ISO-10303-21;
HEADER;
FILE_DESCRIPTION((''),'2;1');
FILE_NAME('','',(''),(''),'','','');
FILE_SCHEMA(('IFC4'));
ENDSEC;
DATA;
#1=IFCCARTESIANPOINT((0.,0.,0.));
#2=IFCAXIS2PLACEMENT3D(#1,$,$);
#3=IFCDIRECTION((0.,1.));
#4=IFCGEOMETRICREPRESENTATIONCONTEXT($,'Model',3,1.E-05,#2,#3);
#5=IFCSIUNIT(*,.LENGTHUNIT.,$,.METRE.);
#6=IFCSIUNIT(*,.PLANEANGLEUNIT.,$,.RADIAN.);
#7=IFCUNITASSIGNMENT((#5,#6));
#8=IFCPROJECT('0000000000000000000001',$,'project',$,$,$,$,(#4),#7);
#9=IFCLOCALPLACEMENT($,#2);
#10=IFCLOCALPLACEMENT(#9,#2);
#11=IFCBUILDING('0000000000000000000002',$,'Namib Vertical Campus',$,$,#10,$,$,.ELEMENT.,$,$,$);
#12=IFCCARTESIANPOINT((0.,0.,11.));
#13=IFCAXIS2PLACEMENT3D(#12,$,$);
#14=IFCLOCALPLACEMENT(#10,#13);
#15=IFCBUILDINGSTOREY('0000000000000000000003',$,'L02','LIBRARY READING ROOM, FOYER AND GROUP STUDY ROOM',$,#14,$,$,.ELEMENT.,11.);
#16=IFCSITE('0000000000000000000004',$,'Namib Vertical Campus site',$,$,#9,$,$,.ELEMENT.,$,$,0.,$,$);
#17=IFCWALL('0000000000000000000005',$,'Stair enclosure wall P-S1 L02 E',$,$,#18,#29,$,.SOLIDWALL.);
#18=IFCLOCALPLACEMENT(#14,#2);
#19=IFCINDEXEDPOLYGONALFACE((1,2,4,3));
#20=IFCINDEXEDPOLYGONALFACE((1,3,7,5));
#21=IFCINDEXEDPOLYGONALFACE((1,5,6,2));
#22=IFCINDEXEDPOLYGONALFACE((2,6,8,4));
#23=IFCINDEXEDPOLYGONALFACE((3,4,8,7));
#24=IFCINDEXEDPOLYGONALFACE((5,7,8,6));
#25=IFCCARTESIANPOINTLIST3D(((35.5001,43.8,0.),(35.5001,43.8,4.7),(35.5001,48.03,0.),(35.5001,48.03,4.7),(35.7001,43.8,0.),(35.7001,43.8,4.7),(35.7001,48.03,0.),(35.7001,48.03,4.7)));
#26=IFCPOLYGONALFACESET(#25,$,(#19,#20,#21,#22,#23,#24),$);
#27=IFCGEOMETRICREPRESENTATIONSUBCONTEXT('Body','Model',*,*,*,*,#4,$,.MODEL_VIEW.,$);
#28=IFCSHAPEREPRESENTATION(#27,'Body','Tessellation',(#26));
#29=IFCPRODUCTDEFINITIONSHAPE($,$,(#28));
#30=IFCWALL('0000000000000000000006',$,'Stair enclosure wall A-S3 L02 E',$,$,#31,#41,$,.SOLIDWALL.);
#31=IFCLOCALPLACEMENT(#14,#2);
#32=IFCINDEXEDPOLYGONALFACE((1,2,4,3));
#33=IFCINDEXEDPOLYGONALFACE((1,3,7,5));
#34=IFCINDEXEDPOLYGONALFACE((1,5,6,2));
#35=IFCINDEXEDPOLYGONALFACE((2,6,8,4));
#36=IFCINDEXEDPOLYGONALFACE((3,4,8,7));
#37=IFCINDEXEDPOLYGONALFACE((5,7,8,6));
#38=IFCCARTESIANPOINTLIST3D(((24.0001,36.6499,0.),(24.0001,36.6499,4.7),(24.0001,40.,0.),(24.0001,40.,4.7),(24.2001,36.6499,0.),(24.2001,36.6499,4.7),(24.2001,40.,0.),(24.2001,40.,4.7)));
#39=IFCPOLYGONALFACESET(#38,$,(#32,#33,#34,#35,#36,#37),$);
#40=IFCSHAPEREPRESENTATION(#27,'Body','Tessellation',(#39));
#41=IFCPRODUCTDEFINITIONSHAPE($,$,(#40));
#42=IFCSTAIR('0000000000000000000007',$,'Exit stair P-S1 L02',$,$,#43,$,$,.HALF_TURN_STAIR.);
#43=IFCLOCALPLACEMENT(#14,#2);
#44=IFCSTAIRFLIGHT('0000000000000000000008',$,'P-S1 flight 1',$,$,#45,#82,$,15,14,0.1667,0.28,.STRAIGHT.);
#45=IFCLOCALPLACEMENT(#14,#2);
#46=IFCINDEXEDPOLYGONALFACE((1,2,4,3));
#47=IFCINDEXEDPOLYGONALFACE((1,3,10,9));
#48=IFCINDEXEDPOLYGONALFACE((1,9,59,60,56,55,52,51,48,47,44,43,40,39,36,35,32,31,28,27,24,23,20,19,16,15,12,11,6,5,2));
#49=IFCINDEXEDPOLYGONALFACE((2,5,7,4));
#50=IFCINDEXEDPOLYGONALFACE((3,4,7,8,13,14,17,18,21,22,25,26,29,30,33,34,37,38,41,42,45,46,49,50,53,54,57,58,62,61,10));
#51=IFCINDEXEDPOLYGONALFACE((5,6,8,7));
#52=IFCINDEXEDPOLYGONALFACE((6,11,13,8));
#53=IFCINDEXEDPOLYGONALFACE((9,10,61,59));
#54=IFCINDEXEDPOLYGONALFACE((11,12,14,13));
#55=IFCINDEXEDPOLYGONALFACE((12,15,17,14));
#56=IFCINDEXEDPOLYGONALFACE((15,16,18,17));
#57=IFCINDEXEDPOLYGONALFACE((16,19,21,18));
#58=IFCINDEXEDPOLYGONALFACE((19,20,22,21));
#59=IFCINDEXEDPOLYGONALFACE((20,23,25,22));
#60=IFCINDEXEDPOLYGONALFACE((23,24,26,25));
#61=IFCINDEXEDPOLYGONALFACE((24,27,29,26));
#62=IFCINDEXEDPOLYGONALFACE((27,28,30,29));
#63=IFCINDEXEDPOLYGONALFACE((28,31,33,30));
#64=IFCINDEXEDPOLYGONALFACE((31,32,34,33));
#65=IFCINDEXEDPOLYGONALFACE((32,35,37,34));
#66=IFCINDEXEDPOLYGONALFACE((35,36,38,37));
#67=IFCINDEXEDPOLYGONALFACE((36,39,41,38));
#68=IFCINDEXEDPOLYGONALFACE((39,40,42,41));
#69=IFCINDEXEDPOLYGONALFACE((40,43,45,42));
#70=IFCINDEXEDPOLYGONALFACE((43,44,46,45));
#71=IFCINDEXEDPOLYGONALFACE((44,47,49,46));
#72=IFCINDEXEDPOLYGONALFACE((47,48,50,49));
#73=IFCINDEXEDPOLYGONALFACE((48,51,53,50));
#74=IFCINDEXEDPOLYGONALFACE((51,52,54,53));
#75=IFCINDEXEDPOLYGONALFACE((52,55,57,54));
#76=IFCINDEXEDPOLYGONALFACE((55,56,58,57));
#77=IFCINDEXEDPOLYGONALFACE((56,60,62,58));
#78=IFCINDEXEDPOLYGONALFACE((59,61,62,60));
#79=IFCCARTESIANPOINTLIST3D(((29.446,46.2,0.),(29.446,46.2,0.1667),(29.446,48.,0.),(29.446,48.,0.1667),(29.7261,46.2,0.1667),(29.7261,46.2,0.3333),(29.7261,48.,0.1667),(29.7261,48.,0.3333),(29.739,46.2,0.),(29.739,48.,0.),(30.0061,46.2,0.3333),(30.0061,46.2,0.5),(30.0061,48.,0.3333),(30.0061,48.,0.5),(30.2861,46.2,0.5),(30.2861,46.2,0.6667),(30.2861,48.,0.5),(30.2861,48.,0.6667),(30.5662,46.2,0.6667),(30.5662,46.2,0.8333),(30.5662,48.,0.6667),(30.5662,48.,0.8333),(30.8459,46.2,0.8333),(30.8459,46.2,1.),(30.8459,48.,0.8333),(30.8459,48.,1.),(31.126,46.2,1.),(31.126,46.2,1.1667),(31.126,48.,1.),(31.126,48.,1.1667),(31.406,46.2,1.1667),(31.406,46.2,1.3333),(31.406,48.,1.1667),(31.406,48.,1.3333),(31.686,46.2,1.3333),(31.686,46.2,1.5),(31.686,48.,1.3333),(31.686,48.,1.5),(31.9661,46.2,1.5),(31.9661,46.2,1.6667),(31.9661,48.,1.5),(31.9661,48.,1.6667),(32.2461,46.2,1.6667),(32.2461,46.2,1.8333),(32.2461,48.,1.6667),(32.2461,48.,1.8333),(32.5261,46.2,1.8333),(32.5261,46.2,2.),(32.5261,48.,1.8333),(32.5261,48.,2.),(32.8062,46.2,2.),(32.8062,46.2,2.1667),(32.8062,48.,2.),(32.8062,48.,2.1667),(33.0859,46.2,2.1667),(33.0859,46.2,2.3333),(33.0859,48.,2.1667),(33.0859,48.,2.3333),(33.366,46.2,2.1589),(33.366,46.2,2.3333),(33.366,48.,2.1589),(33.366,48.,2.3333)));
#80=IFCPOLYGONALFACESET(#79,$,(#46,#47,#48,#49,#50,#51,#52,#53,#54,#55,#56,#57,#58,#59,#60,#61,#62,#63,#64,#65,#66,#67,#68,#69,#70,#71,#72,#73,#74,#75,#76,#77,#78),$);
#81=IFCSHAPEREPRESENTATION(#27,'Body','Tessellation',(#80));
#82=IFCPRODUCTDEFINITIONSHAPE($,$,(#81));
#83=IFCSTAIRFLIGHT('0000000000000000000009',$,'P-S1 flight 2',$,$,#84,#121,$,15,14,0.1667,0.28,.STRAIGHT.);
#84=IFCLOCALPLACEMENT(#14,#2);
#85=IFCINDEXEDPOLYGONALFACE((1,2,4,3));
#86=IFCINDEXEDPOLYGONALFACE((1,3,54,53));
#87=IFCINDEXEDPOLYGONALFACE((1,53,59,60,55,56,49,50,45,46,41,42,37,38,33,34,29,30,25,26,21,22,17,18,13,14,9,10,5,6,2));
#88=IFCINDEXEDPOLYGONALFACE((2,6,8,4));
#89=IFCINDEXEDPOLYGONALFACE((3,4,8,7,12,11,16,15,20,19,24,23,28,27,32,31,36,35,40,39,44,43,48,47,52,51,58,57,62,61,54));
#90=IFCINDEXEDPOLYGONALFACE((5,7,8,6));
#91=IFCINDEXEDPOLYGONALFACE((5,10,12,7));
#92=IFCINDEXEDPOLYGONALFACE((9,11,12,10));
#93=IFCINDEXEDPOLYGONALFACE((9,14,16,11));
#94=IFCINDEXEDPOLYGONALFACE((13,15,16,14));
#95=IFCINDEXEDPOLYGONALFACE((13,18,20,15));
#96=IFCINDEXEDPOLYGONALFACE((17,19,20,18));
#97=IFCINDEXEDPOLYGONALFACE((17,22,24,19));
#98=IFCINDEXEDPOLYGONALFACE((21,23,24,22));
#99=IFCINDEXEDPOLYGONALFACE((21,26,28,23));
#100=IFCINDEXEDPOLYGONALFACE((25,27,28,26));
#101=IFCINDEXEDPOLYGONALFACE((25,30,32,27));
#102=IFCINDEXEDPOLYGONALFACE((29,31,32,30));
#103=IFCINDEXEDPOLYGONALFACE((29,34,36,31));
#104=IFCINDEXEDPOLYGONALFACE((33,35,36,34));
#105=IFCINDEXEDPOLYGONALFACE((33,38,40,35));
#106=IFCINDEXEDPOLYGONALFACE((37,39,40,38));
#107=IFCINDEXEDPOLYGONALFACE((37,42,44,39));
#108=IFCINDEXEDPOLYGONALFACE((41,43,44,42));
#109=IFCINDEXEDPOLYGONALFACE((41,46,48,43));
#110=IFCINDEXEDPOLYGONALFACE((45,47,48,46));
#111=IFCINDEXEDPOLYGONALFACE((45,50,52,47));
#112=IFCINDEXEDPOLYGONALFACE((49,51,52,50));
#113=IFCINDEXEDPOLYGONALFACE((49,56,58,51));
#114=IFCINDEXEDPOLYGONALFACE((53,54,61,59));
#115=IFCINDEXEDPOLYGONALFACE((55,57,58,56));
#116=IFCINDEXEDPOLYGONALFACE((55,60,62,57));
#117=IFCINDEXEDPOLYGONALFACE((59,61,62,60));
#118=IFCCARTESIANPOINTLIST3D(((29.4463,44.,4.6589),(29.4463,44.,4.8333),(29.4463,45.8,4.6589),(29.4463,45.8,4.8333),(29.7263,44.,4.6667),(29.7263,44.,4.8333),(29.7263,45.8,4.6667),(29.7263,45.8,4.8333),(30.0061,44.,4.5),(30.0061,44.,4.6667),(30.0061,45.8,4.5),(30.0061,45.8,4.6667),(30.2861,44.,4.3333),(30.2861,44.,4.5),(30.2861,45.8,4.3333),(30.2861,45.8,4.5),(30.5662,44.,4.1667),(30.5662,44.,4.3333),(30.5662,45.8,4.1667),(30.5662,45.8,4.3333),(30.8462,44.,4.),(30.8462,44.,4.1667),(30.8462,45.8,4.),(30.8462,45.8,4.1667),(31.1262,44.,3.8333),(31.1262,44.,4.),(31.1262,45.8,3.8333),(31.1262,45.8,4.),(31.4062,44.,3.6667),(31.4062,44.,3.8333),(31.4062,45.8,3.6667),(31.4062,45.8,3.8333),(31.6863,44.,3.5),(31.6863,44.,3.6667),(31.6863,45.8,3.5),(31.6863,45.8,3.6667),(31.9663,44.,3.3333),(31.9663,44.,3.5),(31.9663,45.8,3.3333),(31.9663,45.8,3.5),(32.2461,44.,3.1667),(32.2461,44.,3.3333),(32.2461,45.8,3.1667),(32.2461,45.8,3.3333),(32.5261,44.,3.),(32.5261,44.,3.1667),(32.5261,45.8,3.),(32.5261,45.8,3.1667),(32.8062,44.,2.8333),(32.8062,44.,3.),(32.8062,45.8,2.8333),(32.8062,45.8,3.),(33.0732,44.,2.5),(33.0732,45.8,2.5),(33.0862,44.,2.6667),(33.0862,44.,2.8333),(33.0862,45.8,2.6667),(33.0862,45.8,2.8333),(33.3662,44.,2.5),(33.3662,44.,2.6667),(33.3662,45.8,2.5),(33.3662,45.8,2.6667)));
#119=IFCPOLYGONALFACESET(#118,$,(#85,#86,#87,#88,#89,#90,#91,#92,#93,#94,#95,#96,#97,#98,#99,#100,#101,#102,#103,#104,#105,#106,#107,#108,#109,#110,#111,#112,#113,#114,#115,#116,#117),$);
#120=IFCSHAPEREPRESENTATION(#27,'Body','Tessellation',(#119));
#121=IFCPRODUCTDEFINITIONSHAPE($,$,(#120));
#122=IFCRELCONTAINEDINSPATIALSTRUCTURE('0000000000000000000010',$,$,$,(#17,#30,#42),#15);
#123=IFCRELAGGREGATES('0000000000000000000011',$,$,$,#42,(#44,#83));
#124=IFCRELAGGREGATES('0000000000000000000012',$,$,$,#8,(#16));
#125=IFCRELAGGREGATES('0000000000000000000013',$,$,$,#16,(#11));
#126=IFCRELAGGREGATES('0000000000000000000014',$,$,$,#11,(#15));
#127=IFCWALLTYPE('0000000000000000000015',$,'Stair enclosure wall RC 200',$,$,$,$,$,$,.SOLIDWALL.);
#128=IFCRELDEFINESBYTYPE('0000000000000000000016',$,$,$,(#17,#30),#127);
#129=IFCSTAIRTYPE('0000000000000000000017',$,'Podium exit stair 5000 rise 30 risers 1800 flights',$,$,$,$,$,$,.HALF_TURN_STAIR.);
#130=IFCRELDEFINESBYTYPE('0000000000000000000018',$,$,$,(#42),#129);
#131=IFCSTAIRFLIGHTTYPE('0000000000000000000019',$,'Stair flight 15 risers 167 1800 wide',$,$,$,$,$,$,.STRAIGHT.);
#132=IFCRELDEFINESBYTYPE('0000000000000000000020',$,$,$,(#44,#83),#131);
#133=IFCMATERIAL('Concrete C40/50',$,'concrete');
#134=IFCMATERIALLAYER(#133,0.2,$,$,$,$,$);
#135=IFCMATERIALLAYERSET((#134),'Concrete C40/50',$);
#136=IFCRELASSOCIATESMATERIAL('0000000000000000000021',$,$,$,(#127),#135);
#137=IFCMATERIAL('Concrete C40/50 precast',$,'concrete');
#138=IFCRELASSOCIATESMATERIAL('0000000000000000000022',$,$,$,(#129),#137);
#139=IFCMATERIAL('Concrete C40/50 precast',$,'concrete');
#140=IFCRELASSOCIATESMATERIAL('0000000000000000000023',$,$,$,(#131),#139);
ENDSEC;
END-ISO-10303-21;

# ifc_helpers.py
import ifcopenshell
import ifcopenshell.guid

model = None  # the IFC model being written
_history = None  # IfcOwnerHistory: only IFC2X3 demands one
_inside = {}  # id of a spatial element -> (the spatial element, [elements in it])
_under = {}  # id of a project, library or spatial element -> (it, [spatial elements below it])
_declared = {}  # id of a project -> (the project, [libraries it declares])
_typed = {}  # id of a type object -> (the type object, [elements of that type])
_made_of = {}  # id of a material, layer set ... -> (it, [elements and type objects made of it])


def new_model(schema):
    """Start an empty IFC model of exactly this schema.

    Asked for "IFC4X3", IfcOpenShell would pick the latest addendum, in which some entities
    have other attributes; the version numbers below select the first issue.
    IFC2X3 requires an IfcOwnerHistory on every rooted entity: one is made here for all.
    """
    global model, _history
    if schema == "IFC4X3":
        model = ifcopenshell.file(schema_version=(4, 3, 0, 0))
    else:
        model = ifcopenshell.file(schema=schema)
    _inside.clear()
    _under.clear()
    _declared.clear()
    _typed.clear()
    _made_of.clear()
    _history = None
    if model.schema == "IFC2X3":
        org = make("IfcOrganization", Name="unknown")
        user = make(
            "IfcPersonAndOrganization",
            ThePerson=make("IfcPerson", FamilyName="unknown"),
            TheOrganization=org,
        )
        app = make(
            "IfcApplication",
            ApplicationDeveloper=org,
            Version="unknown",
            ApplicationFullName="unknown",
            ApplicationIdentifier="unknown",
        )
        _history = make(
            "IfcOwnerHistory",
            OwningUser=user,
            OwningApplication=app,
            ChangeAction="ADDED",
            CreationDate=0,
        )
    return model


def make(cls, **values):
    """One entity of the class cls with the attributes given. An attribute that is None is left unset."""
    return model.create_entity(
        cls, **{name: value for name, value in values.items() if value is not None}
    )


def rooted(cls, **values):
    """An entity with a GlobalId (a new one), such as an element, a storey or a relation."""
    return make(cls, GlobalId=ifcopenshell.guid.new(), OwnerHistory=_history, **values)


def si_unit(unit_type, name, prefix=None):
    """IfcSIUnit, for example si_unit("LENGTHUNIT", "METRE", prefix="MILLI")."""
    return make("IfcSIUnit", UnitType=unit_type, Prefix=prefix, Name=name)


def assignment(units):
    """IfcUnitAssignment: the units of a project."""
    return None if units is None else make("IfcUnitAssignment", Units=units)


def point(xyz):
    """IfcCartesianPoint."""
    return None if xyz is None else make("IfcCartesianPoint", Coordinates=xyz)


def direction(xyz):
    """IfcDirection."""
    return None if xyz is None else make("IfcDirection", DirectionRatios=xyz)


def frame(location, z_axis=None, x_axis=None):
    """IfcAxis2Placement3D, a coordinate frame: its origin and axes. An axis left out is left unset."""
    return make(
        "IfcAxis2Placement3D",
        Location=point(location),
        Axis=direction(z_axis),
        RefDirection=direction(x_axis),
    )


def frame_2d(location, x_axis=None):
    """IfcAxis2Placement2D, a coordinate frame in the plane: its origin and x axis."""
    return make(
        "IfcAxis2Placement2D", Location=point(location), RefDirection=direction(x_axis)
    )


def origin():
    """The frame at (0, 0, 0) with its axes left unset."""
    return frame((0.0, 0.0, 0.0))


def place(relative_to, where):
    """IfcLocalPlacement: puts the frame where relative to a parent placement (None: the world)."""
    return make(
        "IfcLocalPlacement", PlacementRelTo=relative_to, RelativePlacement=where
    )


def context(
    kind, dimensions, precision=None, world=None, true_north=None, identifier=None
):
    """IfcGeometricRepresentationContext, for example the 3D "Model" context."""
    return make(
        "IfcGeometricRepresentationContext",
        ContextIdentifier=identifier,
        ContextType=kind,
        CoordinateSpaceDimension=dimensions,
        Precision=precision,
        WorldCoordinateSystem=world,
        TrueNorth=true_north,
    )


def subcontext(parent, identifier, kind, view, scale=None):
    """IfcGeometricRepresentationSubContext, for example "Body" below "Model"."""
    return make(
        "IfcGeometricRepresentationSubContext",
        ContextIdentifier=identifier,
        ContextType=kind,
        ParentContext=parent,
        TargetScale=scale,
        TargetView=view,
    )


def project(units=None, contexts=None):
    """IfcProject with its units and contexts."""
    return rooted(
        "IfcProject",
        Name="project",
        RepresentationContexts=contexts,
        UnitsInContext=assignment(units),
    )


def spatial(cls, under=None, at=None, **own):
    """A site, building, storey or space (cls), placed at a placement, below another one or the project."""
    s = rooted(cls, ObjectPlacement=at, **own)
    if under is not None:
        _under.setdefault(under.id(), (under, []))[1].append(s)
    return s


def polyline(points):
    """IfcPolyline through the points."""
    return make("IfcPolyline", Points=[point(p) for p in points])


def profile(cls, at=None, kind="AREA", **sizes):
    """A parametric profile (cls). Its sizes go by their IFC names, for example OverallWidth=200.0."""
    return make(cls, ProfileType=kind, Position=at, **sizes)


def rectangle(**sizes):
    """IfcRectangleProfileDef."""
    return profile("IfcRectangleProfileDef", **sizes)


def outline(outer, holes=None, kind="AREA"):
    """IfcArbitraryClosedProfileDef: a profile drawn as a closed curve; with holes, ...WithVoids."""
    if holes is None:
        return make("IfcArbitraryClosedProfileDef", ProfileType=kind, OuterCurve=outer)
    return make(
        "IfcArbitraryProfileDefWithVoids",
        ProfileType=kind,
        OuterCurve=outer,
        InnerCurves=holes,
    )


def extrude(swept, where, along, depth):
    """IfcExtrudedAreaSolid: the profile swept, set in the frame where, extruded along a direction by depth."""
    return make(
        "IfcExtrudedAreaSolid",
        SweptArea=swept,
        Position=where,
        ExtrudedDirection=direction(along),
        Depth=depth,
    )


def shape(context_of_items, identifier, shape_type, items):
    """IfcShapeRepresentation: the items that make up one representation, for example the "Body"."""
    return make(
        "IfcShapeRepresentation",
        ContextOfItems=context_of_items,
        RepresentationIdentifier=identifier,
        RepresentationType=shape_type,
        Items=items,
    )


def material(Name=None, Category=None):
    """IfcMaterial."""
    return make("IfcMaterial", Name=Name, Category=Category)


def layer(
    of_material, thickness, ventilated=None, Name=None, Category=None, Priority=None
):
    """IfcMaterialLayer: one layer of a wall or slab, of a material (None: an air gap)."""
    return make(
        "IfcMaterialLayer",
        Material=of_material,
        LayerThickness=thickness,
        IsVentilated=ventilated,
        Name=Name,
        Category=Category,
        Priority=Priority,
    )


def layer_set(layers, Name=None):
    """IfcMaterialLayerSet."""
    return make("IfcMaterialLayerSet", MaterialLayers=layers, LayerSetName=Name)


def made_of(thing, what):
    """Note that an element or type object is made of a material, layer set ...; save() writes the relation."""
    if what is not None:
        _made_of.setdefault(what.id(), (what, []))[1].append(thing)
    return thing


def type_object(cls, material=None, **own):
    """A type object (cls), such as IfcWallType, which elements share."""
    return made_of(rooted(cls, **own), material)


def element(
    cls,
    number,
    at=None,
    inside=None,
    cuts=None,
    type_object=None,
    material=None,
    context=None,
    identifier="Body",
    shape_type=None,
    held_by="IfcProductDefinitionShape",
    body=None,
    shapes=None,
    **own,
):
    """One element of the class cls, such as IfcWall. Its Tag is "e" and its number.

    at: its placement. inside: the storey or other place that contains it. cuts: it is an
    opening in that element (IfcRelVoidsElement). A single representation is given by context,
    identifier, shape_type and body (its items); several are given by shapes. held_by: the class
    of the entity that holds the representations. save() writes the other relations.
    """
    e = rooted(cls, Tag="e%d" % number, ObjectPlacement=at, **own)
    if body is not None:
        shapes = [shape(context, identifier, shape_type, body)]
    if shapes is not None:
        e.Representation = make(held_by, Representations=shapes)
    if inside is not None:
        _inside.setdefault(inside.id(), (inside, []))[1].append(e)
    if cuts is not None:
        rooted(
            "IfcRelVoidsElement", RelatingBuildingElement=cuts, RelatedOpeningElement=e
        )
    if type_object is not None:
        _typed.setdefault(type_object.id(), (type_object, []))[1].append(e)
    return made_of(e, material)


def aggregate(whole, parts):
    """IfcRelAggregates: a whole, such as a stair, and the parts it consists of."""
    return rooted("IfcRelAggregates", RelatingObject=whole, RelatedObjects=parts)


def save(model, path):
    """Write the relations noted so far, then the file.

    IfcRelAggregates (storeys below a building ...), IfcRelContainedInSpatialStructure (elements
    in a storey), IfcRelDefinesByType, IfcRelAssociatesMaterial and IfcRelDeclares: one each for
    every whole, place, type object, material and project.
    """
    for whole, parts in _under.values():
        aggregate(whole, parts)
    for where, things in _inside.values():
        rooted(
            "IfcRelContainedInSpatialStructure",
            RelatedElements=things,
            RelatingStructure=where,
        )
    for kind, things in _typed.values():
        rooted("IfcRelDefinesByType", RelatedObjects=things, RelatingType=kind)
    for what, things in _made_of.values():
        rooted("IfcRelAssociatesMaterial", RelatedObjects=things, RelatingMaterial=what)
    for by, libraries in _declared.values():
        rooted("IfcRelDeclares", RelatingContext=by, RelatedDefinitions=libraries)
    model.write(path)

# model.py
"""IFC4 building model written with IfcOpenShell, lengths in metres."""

from ifc_helpers import new_model, si_unit, direction, frame, frame_2d, origin, place, context, subcontext, project, spatial, polyline, rectangle, outline, extrude, material, layer, layer_set, type_object, element, aggregate, save


model = new_model("IFC4")

# Units and contexts
model_context = context("Model", 3, precision=1e-05, world=origin(), true_north=direction((0.0, 1.0)))
body_context = subcontext(model_context, "Body", "Model", "MODEL_VIEW")
ifc_project = project(units=[si_unit("LENGTHUNIT", "METRE"), si_unit("PLANEANGLEUNIT", "RADIAN")], contexts=[model_context])

# Site, building, storey
site_placement = place(None, origin())
site = spatial("IfcSite", under=ifc_project, at=site_placement, Name="Namib Vertical Campus site", CompositionType="ELEMENT", RefElevation=0.0)
building_placement = place(site_placement, origin())
building = spatial("IfcBuilding", under=site, at=building_placement, Name="Namib Vertical Campus", CompositionType="ELEMENT")
storey_placement = place(building_placement, frame((0.0, 0.0, 11.0)))
storey = spatial("IfcBuildingStorey", under=building, at=storey_placement, Name="L02", Description="LIBRARY READING ROOM, FOYER AND GROUP STUDY ROOM", CompositionType="ELEMENT", Elevation=11.0)

# Shared definitions
ifc_material_1 = material(Name="Concrete C40/50", Category="concrete")
ifc_layer_1 = layer(ifc_material_1, 0.2)
ifc_layer_set_1 = layer_set([ifc_layer_1], Name="Concrete C40/50")
wall_type_1 = type_object("IfcWallType", Name="Stair enclosure wall RC 200", PredefinedType="SOLIDWALL", material=ifc_layer_set_1)

# Walls
for number, where, z_axis, x_axis, name in (
    (1, (35.6001, 43.8, 0.0), (0.0, 0.0, 1.0), (0.0, 1.0, 0.0), "Stair enclosure wall P-S1 L02 E"),
):
    element("IfcWall", number, at=place(storey_placement, frame(where, z_axis=z_axis, x_axis=x_axis)), inside=storey, type_object=wall_type_1, Name=name, PredefinedType="SOLIDWALL", context=body_context, shape_type="SweptSolid", body=[
        extrude(rectangle(XDim=4.23, YDim=0.2, at=frame_2d((2.115, 0.0))), origin(), (0.0, 0.0, 1.0), 4.7),
    ])
wall_1_placement = place(storey_placement, frame((24.1001, 36.6499, 0.0), z_axis=(0.0, 0.0, 1.0), x_axis=(0.0, 1.0, 0.0)))
element("IfcWall", 2, at=wall_1_placement, inside=storey, type_object=wall_type_1, Name="Stair enclosure wall A-S3 L02 E", PredefinedType="SOLIDWALL", context=body_context, shape_type="SweptSolid", body=[
    extrude(rectangle(XDim=3.3501, YDim=0.2, at=frame_2d((1.675, 0.0))), origin(), (0.0, 0.0, 1.0), 4.7),
])

# Stair, stair flights
ifc_material_2 = material(Name="Concrete C40/50 precast", Category="concrete")
stair_type = type_object("IfcStairType", Name="Podium exit stair 5000 rise 30 risers 1800 flights", PredefinedType="HALF_TURN_STAIR", material=ifc_material_2)
stair_placement = place(storey_placement, origin())
stair = element("IfcStair", 3, at=stair_placement, inside=storey, type_object=stair_type, Name="Exit stair P-S1 L02", PredefinedType="HALF_TURN_STAIR")
ifc_material_3 = material(Name="Concrete C40/50 precast", Category="concrete")
stair_flight_type = type_object("IfcStairFlightType", Name="Stair flight 15 risers 167 1800 wide", PredefinedType="STRAIGHT", material=ifc_material_3)
stair_flight_1_placement = place(storey_placement, frame((29.446, 47.1001, 0.0), z_axis=(0.0, 0.0, 1.0), x_axis=(1.0, 0.0, 0.0)))
stair_flight_1 = element("IfcStairFlight", 4, at=stair_flight_1_placement, type_object=stair_flight_type, Name="P-S1 flight 1", NumberOfRisers=15, NumberOfTreads=14, PredefinedType="STRAIGHT", RiserHeight=0.1667, TreadLength=0.28, context=body_context, shape_type="SweptSolid", body=[
    extrude(outline(polyline([(0.0, 0.0), (0.0, 0.1667), (0.28, 0.1667), (0.28, 0.3333), (0.5601, 0.3333), (0.5601, 0.5), (0.8401, 0.5), (0.8401, 0.6667), (1.1201, 0.6667), (1.1201, 0.8333), (1.3999, 0.8333), (1.3999, 1.0), (1.6799, 1.0), (1.6799, 1.1667), (1.96, 1.1667), (1.96, 1.3333), (2.24, 1.3333), (2.24, 1.5), (2.52, 1.5), (2.52, 1.6667), (2.8, 1.6667), (2.8, 1.8333), (3.0801, 1.8333), (3.0801, 2.0), (3.3601, 2.0), (3.3601, 2.1667), (3.6399, 2.1667), (3.6399, 2.3333), (3.9199, 2.3333), (3.9199, 2.5), (3.9199, 2.1589), (0.293, 0.0), (0.0, 0.0)])), frame((0.0, 0.8999, 0.0), z_axis=(0.0, -1.0, 0.0), x_axis=(1.0, 0.0, 0.0)), (0.0, 0.0, 1.0), 1.8),
])
stair_flight_2_placement = place(storey_placement, frame((33.3662, 44.8999, 2.5), z_axis=(0.0, 0.0, 1.0), x_axis=(-1.0, 0.0, 0.0)))
stair_flight_2 = element("IfcStairFlight", 5, at=stair_flight_2_placement, type_object=stair_flight_type, Name="P-S1 flight 2", NumberOfRisers=15, NumberOfTreads=14, PredefinedType="STRAIGHT", RiserHeight=0.1667, TreadLength=0.28, context=body_context, shape_type="SweptSolid", body=[
    extrude(outline(polyline([(0.0, 0.0), (0.0, 0.1667), (0.28, 0.1667), (0.28, 0.3333), (0.5601, 0.3333), (0.5601, 0.5), (0.8401, 0.5), (0.8401, 0.6667), (1.1201, 0.6667), (1.1201, 0.8333), (1.3999, 0.8333), (1.3999, 1.0), (1.6799, 1.0), (1.6799, 1.1667), (1.96, 1.1667), (1.96, 1.3333), (2.24, 1.3333), (2.24, 1.5), (2.52, 1.5), (2.52, 1.6667), (2.8, 1.6667), (2.8, 1.8333), (3.0801, 1.8333), (3.0801, 2.0), (3.3601, 2.0), (3.3601, 2.1667), (3.6399, 2.1667), (3.6399, 2.3333), (3.9199, 2.3333), (3.9199, 2.5), (3.9199, 2.1589), (0.293, 0.0), (0.0, 0.0)])), frame((0.0, 0.8999, 0.0), z_axis=(0.0, -1.0, 0.0), x_axis=(1.0, 0.0, 0.0)), (0.0, 0.0, 1.0), 1.8),
])
aggregate(stair, [stair_flight_1, stair_flight_2])

save(model, "model.ifc")
